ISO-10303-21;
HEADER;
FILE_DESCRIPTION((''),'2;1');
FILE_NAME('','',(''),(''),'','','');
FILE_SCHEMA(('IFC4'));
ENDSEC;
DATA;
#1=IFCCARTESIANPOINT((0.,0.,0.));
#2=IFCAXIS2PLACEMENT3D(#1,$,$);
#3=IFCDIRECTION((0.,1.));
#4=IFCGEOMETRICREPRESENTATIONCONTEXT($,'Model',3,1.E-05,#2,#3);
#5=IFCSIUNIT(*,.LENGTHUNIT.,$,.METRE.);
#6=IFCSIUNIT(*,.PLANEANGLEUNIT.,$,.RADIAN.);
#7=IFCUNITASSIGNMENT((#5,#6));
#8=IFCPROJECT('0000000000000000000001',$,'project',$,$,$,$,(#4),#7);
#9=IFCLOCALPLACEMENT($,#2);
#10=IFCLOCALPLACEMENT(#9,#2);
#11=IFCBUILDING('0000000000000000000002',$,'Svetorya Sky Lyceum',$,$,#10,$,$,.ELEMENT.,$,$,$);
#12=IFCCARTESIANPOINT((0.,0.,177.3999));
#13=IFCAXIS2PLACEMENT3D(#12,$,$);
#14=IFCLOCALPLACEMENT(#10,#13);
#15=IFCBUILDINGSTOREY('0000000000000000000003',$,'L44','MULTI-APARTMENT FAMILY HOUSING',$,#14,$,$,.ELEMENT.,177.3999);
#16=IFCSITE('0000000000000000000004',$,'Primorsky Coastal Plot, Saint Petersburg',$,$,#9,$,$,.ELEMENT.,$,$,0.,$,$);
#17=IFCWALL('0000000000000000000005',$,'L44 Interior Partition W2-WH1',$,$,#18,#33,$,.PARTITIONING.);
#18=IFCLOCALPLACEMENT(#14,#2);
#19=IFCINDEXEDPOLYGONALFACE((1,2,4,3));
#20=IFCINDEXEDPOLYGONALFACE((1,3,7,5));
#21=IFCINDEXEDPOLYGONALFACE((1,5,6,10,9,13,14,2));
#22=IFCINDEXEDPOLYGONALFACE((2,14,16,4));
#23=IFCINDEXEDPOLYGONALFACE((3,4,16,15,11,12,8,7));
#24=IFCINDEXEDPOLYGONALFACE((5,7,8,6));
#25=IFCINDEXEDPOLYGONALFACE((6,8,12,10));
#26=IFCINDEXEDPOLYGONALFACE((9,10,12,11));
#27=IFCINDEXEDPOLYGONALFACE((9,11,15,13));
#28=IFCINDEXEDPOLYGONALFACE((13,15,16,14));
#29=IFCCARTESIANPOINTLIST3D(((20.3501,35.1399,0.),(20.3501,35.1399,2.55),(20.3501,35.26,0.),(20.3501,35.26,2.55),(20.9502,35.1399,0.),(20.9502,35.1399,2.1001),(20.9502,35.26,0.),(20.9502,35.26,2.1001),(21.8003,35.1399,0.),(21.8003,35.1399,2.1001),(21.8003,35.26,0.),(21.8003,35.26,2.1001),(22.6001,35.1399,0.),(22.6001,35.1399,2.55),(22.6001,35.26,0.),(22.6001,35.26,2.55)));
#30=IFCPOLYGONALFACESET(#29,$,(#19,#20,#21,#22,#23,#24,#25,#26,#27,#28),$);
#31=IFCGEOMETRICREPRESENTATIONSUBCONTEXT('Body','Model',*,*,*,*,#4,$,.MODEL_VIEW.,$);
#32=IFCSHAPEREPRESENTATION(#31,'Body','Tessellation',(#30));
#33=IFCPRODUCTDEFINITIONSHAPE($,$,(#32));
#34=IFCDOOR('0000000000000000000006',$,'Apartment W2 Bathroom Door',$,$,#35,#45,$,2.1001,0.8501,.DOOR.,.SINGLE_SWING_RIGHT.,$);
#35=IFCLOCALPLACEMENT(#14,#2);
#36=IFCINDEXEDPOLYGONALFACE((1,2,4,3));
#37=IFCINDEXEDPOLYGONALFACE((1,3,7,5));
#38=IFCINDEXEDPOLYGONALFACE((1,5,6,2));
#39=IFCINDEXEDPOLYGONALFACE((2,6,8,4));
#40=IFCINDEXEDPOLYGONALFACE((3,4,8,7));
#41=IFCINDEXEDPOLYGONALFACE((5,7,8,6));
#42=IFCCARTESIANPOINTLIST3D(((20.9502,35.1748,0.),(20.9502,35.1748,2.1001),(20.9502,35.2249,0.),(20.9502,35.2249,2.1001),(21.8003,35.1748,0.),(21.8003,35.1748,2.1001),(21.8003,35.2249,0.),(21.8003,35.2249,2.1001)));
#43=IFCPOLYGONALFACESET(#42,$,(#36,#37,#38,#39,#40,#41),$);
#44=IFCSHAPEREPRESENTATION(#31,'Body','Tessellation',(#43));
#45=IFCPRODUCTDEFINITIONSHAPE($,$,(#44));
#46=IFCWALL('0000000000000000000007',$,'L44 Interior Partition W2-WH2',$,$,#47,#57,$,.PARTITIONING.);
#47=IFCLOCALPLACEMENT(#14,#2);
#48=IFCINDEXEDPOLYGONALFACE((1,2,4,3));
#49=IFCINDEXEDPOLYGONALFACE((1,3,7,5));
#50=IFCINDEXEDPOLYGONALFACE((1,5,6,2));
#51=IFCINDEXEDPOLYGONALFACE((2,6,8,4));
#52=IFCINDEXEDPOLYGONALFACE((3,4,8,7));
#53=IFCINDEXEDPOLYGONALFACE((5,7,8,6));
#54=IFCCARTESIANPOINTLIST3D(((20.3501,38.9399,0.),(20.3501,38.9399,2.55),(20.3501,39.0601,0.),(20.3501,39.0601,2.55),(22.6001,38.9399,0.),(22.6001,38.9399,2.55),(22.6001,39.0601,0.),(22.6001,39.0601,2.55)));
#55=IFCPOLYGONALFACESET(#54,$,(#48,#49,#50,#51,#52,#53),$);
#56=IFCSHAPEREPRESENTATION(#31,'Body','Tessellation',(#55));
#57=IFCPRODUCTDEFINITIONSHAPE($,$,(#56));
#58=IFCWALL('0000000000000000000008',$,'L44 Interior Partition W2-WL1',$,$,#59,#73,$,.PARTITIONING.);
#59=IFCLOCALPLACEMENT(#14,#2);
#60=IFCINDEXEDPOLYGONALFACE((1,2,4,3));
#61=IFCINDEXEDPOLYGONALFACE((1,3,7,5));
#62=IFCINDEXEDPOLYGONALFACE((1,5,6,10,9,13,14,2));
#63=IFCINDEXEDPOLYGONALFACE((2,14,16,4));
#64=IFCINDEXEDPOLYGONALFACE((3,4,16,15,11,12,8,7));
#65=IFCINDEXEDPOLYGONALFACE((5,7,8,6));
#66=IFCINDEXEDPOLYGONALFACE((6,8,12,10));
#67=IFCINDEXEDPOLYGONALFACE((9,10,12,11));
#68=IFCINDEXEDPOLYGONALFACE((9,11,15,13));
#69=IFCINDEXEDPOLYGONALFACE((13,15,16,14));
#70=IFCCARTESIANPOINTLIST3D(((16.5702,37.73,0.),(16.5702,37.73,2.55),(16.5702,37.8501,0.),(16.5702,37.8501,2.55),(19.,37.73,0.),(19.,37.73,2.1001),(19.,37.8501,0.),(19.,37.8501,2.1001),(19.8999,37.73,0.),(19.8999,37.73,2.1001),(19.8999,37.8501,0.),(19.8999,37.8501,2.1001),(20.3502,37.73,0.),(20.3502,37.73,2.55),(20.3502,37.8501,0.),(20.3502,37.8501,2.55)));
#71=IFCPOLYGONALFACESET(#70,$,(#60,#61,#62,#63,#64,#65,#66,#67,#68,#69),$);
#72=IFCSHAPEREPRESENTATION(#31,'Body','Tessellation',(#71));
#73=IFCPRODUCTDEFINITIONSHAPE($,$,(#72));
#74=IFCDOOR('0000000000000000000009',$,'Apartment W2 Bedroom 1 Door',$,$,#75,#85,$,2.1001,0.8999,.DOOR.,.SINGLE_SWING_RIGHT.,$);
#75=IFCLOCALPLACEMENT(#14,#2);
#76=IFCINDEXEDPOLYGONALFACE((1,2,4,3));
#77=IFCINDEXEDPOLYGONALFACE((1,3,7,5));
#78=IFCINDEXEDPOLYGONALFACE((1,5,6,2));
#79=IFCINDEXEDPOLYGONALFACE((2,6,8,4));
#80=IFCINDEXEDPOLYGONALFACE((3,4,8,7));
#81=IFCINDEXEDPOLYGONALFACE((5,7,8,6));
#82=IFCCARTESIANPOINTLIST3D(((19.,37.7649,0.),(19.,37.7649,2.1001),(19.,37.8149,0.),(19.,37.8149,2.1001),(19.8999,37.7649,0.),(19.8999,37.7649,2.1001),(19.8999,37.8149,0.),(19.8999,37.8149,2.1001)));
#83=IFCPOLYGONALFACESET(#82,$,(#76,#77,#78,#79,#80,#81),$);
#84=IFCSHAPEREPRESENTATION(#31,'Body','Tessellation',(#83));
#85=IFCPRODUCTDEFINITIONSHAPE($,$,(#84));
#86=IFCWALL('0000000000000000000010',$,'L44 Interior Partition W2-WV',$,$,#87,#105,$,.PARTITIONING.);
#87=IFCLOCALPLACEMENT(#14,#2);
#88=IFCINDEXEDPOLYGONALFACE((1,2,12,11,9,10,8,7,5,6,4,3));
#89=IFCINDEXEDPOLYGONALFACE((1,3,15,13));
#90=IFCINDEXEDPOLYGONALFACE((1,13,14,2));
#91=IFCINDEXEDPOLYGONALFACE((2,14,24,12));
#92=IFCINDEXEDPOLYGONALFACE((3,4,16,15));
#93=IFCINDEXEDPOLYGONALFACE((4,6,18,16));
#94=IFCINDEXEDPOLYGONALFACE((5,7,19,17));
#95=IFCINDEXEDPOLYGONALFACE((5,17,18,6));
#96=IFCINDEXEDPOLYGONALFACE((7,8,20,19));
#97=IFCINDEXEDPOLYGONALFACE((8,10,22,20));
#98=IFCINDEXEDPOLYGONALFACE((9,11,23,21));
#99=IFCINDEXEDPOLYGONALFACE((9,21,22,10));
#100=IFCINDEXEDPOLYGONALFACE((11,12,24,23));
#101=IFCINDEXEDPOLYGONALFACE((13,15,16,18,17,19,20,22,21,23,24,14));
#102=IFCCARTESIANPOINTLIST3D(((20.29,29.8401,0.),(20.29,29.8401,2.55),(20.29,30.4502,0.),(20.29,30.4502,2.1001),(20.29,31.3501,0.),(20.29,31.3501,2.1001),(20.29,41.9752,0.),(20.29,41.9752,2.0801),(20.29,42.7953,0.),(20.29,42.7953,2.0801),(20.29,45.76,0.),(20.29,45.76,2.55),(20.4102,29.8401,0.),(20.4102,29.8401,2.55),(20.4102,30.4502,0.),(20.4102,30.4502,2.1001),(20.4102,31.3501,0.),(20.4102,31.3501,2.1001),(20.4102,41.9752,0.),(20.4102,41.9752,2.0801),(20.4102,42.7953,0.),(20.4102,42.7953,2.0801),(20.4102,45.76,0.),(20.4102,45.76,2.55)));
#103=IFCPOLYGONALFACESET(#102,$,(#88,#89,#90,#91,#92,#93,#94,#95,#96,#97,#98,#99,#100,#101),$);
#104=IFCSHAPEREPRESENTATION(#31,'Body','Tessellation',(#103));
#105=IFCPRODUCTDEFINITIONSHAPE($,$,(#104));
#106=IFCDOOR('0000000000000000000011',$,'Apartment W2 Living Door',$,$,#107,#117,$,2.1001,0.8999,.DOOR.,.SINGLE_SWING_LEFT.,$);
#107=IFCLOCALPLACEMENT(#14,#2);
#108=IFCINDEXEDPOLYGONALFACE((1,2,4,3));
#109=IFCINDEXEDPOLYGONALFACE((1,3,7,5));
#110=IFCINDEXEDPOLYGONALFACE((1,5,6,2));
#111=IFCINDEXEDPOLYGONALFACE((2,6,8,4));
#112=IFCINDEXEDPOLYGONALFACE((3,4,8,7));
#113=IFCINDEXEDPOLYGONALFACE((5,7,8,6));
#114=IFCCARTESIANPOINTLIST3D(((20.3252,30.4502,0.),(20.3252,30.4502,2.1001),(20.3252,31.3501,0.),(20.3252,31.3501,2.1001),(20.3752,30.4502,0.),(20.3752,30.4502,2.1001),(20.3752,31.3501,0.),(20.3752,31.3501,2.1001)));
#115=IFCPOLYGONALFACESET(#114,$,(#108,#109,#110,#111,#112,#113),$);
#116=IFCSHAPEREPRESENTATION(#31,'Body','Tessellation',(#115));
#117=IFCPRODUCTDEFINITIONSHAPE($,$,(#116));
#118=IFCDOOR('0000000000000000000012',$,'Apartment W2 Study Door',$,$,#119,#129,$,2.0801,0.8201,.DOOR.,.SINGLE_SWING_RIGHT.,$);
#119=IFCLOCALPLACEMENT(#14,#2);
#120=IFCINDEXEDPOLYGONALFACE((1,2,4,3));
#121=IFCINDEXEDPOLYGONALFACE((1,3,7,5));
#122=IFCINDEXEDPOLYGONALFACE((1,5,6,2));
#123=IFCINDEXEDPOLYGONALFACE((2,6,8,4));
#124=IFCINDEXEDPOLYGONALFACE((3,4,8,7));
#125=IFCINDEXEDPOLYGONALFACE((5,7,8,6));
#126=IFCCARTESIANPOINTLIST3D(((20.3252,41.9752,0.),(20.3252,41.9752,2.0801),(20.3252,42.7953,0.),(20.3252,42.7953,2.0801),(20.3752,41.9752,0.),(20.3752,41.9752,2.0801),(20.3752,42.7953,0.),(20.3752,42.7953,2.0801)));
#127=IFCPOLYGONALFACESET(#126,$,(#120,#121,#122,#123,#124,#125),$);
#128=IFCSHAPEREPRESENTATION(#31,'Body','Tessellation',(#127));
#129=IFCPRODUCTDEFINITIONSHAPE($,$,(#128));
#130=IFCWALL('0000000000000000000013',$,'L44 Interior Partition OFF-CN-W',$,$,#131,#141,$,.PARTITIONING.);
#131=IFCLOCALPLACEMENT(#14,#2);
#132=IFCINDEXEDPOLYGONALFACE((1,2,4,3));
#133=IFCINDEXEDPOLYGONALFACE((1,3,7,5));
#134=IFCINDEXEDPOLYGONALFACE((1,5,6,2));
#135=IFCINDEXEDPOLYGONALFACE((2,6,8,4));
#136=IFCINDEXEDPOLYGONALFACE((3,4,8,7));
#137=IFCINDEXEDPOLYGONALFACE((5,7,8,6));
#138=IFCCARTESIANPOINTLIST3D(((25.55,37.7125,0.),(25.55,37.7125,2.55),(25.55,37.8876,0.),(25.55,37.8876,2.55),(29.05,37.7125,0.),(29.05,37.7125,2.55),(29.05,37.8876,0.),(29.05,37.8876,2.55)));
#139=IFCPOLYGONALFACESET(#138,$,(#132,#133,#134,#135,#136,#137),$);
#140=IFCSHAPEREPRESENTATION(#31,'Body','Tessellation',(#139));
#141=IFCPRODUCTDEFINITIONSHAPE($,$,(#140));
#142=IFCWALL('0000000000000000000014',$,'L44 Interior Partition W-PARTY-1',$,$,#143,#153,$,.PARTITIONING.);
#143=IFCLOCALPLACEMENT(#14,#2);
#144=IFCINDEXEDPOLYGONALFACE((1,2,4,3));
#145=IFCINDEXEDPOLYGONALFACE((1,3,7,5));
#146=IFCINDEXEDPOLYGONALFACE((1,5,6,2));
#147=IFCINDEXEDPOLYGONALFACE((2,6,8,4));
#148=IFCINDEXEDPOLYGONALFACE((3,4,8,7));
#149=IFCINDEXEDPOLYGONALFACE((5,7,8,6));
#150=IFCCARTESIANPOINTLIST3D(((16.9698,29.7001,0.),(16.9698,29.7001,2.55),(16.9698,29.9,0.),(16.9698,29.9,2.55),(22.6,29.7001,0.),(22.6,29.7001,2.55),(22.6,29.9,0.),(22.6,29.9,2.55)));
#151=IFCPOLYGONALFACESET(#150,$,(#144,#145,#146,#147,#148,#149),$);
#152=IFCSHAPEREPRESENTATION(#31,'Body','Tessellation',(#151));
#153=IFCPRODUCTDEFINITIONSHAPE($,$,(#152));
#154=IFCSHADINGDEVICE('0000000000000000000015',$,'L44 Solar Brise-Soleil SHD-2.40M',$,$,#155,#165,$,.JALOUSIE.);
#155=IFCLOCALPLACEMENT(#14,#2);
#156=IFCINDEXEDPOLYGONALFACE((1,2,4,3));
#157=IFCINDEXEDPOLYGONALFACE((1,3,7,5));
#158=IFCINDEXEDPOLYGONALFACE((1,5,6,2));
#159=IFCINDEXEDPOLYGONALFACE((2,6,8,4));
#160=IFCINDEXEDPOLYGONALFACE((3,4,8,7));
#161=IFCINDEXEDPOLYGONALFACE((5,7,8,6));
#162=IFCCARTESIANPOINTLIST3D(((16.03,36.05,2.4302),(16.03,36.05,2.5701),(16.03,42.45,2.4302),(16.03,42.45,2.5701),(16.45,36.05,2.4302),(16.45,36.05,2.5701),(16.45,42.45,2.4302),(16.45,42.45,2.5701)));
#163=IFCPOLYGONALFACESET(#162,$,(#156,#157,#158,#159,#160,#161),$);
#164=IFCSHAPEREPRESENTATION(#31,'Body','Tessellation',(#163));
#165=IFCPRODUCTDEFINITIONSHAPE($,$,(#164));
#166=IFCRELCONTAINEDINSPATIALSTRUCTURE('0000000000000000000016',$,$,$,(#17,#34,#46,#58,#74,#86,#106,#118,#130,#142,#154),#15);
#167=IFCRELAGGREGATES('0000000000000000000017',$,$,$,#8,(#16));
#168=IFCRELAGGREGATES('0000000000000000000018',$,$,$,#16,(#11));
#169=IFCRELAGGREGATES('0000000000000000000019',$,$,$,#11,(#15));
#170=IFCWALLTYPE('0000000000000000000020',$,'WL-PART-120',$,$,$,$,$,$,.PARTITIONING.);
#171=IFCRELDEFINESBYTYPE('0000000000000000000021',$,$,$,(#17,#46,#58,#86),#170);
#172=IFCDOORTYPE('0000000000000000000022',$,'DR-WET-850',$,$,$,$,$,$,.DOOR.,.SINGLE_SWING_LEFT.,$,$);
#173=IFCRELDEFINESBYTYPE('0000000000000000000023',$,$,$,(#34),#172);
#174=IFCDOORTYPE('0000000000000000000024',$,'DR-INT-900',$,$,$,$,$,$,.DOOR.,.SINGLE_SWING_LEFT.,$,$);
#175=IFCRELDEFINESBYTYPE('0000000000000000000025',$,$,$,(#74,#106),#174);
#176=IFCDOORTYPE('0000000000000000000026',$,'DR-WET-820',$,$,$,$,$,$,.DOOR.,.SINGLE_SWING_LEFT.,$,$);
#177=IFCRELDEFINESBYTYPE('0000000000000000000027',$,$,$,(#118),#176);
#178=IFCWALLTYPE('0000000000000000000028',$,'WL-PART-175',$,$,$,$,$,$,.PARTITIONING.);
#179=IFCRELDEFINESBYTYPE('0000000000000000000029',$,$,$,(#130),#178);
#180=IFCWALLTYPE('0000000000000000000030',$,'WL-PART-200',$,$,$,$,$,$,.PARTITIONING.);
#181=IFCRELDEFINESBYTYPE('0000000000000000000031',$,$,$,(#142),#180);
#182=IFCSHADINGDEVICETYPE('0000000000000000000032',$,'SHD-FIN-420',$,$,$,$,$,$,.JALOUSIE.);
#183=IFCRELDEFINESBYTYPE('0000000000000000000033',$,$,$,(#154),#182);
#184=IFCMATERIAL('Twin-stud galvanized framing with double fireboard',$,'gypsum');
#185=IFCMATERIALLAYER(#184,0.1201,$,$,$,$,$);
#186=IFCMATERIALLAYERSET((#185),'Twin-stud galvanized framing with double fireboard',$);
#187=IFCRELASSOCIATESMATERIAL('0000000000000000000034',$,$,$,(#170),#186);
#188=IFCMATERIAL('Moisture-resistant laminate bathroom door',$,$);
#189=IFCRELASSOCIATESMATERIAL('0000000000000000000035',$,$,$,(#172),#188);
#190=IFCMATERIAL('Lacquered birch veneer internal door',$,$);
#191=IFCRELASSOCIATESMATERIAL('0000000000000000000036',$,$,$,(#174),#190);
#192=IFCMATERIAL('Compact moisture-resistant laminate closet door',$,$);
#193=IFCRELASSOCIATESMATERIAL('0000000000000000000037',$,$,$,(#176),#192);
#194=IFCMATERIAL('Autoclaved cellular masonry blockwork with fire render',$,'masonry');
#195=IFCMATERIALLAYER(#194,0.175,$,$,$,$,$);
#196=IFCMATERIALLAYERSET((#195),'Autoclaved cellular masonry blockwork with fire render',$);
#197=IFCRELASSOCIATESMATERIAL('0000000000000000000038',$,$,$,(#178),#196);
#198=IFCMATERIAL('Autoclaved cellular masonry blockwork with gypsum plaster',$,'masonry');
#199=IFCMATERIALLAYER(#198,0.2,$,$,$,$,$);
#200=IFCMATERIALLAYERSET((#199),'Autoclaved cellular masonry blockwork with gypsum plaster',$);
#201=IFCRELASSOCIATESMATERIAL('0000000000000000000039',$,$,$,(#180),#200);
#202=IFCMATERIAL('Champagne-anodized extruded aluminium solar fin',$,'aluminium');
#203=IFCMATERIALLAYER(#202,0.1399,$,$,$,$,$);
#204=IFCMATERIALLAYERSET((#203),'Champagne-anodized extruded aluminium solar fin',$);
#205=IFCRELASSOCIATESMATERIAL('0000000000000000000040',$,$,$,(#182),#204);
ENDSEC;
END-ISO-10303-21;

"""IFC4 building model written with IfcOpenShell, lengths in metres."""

from ifc_helpers import new_model, si_unit, direction, frame, frame_2d, origin, origin_2d, place, context, subcontext, project, spatial, rectangle, extrude, material, layer, layer_set, type_object, element, fill, save


model = new_model("IFC4")

# Units and contexts
model_context = context("Model", 3, precision=1e-05, world=origin(), true_north=direction((0.0, 1.0)))
body_context = subcontext(model_context, "Body", "Model", "MODEL_VIEW")
ifc_project = project(units=[si_unit("LENGTHUNIT", "METRE"), si_unit("PLANEANGLEUNIT", "RADIAN")], contexts=[model_context])

# Site, building, storey
site_placement = place(None, origin())
site = spatial("IfcSite", under=ifc_project, at=site_placement, Name="Primorsky Coastal Plot, Saint Petersburg", CompositionType="ELEMENT", RefElevation=0.0)
building_placement = place(site_placement, origin())
building = spatial("IfcBuilding", under=site, at=building_placement, Name="Svetorya Sky Lyceum", CompositionType="ELEMENT")
storey_placement = place(building_placement, frame((0.0, 0.0, 177.3999)))
storey = spatial("IfcBuildingStorey", under=building, at=storey_placement, Name="L44", Description="MULTI-APARTMENT FAMILY HOUSING", CompositionType="ELEMENT", Elevation=177.3999)

# Wall, opening, door
ifc_material_1 = material(Name="Twin-stud galvanized framing with double fireboard", Category="gypsum")
ifc_layer_1 = layer(ifc_material_1, 0.1201)
ifc_layer_set_1 = layer_set([ifc_layer_1], Name="Twin-stud galvanized framing with double fireboard")
wall_type_1 = type_object("IfcWallType", Name="WL-PART-120", PredefinedType="PARTITIONING", material=ifc_layer_set_1)
wall_1_placement = place(storey_placement, frame((20.3501, 35.2, 0.0), z_axis=(0.0, 0.0, 1.0), x_axis=(1.0, 0.0, 0.0)))
wall_1 = element("IfcWall", 1, at=wall_1_placement, inside=storey, type_object=wall_type_1, Name="L44 Interior Partition W2-WH1", PredefinedType="PARTITIONING", context=body_context, shape_type="SweptSolid", body=[
    extrude(rectangle(XDim=2.25, YDim=0.1201, at=frame_2d((1.125, 0.0))), origin(), (0.0, 0.0, 1.0), 2.55),
])
opening_1_placement = place(wall_1_placement, frame((0.6001, 0.0, 0.0)))
opening_1 = element("IfcOpeningElement", 2, at=opening_1_placement, cuts=wall_1, PredefinedType="OPENING", context=body_context, shape_type="SweptSolid", body=[
    extrude(rectangle(XDim=0.8501, YDim=2.1001, at=frame_2d((0.425, 1.05))), frame((0.0, 0.0701, 0.0), z_axis=(0.0, -1.0, 0.0), x_axis=(1.0, 0.0, 0.0)), (0.0, 0.0, 1.0), 0.1401),
])
ifc_material_2 = material(Name="Moisture-resistant laminate bathroom door")
door_type_1 = type_object("IfcDoorType", Name="DR-WET-850", OperationType="SINGLE_SWING_LEFT", PredefinedType="DOOR", material=ifc_material_2)
door_1_placement = place(opening_1_placement, origin())
door_1 = element("IfcDoor", 3, at=door_1_placement, inside=storey, type_object=door_type_1, Name="Apartment W2 Bathroom Door", OperationType="SINGLE_SWING_RIGHT", OverallHeight=2.1001, OverallWidth=0.8501, PredefinedType="DOOR", context=body_context, shape_type="SweptSolid", body=[
    extrude(rectangle(XDim=0.8501, YDim=2.1001, at=frame_2d((0.425, 1.05))), frame((0.0, 0.0249, 0.0), z_axis=(0.0, -1.0, 0.0), x_axis=(1.0, 0.0, 0.0)), (0.0, 0.0, 1.0), 0.05),
])
fill(opening_1, door_1)

# Wall
wall_2_placement = place(storey_placement, frame((20.3501, 39.0, 0.0), z_axis=(0.0, 0.0, 1.0), x_axis=(1.0, 0.0, 0.0)))
element("IfcWall", 4, at=wall_2_placement, inside=storey, type_object=wall_type_1, Name="L44 Interior Partition W2-WH2", PredefinedType="PARTITIONING", context=body_context, shape_type="SweptSolid", body=[
    extrude(rectangle(XDim=2.25, YDim=0.1201, at=frame_2d((1.125, 0.0))), origin(), (0.0, 0.0, 1.0), 2.55),
])

# Wall, opening, door
wall_3_placement = place(storey_placement, frame((16.5701, 37.79, 0.0), z_axis=(0.0, 0.0, 1.0), x_axis=(1.0, 0.0, 0.0)))
wall_3 = element("IfcWall", 5, at=wall_3_placement, inside=storey, type_object=wall_type_1, Name="L44 Interior Partition W2-WL1", PredefinedType="PARTITIONING", context=body_context, shape_type="SweptSolid", body=[
    extrude(rectangle(XDim=3.78, YDim=0.1201, at=frame_2d((1.8901, 0.0))), origin(), (0.0, 0.0, 1.0), 2.55),
])
opening_2_placement = place(wall_3_placement, frame((2.4299, 0.0, 0.0)))
opening_2 = element("IfcOpeningElement", 6, at=opening_2_placement, cuts=wall_3, PredefinedType="OPENING", context=body_context, shape_type="SweptSolid", body=[
    extrude(rectangle(XDim=0.8999, YDim=2.1001, at=frame_2d((0.45, 1.05))), frame((0.0, 0.0701, 0.0), z_axis=(0.0, -1.0, 0.0), x_axis=(1.0, 0.0, 0.0)), (0.0, 0.0, 1.0), 0.1401),
])
ifc_material_3 = material(Name="Lacquered birch veneer internal door")
door_type_2 = type_object("IfcDoorType", Name="DR-INT-900", OperationType="SINGLE_SWING_LEFT", PredefinedType="DOOR", material=ifc_material_3)
door_2_placement = place(opening_2_placement, origin())
door_2 = element("IfcDoor", 7, at=door_2_placement, inside=storey, type_object=door_type_2, Name="Apartment W2 Bedroom 1 Door", OperationType="SINGLE_SWING_RIGHT", OverallHeight=2.1001, OverallWidth=0.8999, PredefinedType="DOOR", context=body_context, shape_type="SweptSolid", body=[
    extrude(rectangle(XDim=0.8999, YDim=2.1001, at=frame_2d((0.45, 1.05))), frame((0.0, 0.0249, 0.0), z_axis=(0.0, -1.0, 0.0), x_axis=(1.0, 0.0, 0.0)), (0.0, 0.0, 1.0), 0.05),
])
fill(opening_2, door_2)

# Wall, openings, doors
wall_4_placement = place(storey_placement, frame((20.3501, 29.8401, 0.0), z_axis=(0.0, 0.0, 1.0), x_axis=(0.0, 1.0, 0.0)))
wall_4 = element("IfcWall", 8, at=wall_4_placement, inside=storey, type_object=wall_type_1, Name="L44 Interior Partition W2-WV", PredefinedType="PARTITIONING", context=body_context, shape_type="SweptSolid", body=[
    extrude(rectangle(XDim=15.9199, YDim=0.1201, at=frame_2d((7.96, 0.0))), origin(), (0.0, 0.0, 1.0), 2.55),
])
opening_3_placement = place(wall_4_placement, frame((0.6101, 0.0, 0.0)))
opening_3 = element("IfcOpeningElement", 9, at=opening_3_placement, cuts=wall_4, PredefinedType="OPENING", context=body_context, shape_type="SweptSolid", body=[
    extrude(rectangle(XDim=0.8999, YDim=2.1001, at=frame_2d((0.45, 1.05))), frame((0.0, 0.0701, 0.0), z_axis=(0.0, -1.0, 0.0), x_axis=(1.0, 0.0, 0.0)), (0.0, 0.0, 1.0), 0.1401),
])
opening_4_placement = place(wall_4_placement, frame((12.135, 0.0, 0.0)))
opening_4 = element("IfcOpeningElement", 10, at=opening_4_placement, cuts=wall_4, PredefinedType="OPENING", context=body_context, shape_type="SweptSolid", body=[
    extrude(rectangle(XDim=0.8201, YDim=2.0801, at=frame_2d((0.4102, 1.04))), frame((0.0, 0.0701, 0.0), z_axis=(0.0, -1.0, 0.0), x_axis=(1.0, 0.0, 0.0)), (0.0, 0.0, 1.0), 0.1401),
])
door_3_placement = place(opening_3_placement, origin())
door_3 = element("IfcDoor", 11, at=door_3_placement, inside=storey, type_object=door_type_2, Name="Apartment W2 Living Door", OperationType="SINGLE_SWING_LEFT", OverallHeight=2.1001, OverallWidth=0.8999, PredefinedType="DOOR", context=body_context, shape_type="SweptSolid", body=[
    extrude(rectangle(XDim=0.8999, YDim=2.1001, at=frame_2d((0.45, 1.05))), frame((0.0, 0.0249, 0.0), z_axis=(0.0, -1.0, 0.0), x_axis=(1.0, 0.0, 0.0)), (0.0, 0.0, 1.0), 0.05),
])
fill(opening_3, door_3)
ifc_material_4 = material(Name="Compact moisture-resistant laminate closet door")
door_type_3 = type_object("IfcDoorType", Name="DR-WET-820", OperationType="SINGLE_SWING_LEFT", PredefinedType="DOOR", material=ifc_material_4)
door_4_placement = place(opening_4_placement, origin())
door_4 = element("IfcDoor", 12, at=door_4_placement, inside=storey, type_object=door_type_3, Name="Apartment W2 Study Door", OperationType="SINGLE_SWING_RIGHT", OverallHeight=2.0801, OverallWidth=0.8201, PredefinedType="DOOR", context=body_context, shape_type="SweptSolid", body=[
    extrude(rectangle(XDim=0.8201, YDim=2.0801, at=frame_2d((0.4102, 1.04))), frame((0.0, 0.0249, 0.0), z_axis=(0.0, -1.0, 0.0), x_axis=(1.0, 0.0, 0.0)), (0.0, 0.0, 1.0), 0.05),
])
fill(opening_4, door_4)

# Walls
ifc_material_5 = material(Name="Autoclaved cellular masonry blockwork with fire render", Category="masonry")
ifc_layer_2 = layer(ifc_material_5, 0.175)
ifc_layer_set_2 = layer_set([ifc_layer_2], Name="Autoclaved cellular masonry blockwork with fire render")
wall_type_2 = type_object("IfcWallType", Name="WL-PART-175", PredefinedType="PARTITIONING", material=ifc_layer_set_2)
wall_5_placement = place(storey_placement, frame((25.55, 37.8, 0.0), z_axis=(0.0, 0.0, 1.0), x_axis=(1.0, 0.0, 0.0)))
element("IfcWall", 13, at=wall_5_placement, inside=storey, type_object=wall_type_2, Name="L44 Interior Partition OFF-CN-W", PredefinedType="PARTITIONING", context=body_context, shape_type="SweptSolid", body=[
    extrude(rectangle(XDim=3.5, YDim=0.175, at=frame_2d((1.75, 0.0))), origin(), (0.0, 0.0, 1.0), 2.55),
])
ifc_material_6 = material(Name="Autoclaved cellular masonry blockwork with gypsum plaster", Category="masonry")
ifc_layer_3 = layer(ifc_material_6, 0.2)
ifc_layer_set_3 = layer_set([ifc_layer_3], Name="Autoclaved cellular masonry blockwork with gypsum plaster")
wall_type_3 = type_object("IfcWallType", Name="WL-PART-200", PredefinedType="PARTITIONING", material=ifc_layer_set_3)
wall_6_placement = place(storey_placement, frame((16.97, 29.8, 0.0), z_axis=(0.0, 0.0, 1.0), x_axis=(1.0, 0.0, 0.0)))
element("IfcWall", 14, at=wall_6_placement, inside=storey, type_object=wall_type_3, Name="L44 Interior Partition W-PARTY-1", PredefinedType="PARTITIONING", context=body_context, shape_type="SweptSolid", body=[
    extrude(rectangle(XDim=5.6301, YDim=0.2, at=frame_2d((2.8149, 0.0))), origin(), (0.0, 0.0, 1.0), 2.55),
])

# Shading device
ifc_material_7 = material(Name="Champagne-anodized extruded aluminium solar fin", Category="aluminium")
ifc_layer_4 = layer(ifc_material_7, 0.1399)
ifc_layer_set_4 = layer_set([ifc_layer_4], Name="Champagne-anodized extruded aluminium solar fin")
shading_device_type = type_object("IfcShadingDeviceType", Name="SHD-FIN-420", PredefinedType="JALOUSIE", material=ifc_layer_set_4)
shading_device_placement = place(storey_placement, frame((16.24, 39.25, 2.4302), z_axis=(0.0, 0.0, 1.0), x_axis=(1.0, 0.0, 0.0)))
element("IfcShadingDevice", 15, at=shading_device_placement, inside=storey, type_object=shading_device_type, Name="L44 Solar Brise-Soleil SHD-2.40M", PredefinedType="JALOUSIE", context=body_context, shape_type="SweptSolid", body=[
    extrude(rectangle(XDim=0.4199, YDim=6.3999, at=origin_2d()), origin(), (0.0, 0.0, 1.0), 0.1399),
])

save(model, "model.ifc")
